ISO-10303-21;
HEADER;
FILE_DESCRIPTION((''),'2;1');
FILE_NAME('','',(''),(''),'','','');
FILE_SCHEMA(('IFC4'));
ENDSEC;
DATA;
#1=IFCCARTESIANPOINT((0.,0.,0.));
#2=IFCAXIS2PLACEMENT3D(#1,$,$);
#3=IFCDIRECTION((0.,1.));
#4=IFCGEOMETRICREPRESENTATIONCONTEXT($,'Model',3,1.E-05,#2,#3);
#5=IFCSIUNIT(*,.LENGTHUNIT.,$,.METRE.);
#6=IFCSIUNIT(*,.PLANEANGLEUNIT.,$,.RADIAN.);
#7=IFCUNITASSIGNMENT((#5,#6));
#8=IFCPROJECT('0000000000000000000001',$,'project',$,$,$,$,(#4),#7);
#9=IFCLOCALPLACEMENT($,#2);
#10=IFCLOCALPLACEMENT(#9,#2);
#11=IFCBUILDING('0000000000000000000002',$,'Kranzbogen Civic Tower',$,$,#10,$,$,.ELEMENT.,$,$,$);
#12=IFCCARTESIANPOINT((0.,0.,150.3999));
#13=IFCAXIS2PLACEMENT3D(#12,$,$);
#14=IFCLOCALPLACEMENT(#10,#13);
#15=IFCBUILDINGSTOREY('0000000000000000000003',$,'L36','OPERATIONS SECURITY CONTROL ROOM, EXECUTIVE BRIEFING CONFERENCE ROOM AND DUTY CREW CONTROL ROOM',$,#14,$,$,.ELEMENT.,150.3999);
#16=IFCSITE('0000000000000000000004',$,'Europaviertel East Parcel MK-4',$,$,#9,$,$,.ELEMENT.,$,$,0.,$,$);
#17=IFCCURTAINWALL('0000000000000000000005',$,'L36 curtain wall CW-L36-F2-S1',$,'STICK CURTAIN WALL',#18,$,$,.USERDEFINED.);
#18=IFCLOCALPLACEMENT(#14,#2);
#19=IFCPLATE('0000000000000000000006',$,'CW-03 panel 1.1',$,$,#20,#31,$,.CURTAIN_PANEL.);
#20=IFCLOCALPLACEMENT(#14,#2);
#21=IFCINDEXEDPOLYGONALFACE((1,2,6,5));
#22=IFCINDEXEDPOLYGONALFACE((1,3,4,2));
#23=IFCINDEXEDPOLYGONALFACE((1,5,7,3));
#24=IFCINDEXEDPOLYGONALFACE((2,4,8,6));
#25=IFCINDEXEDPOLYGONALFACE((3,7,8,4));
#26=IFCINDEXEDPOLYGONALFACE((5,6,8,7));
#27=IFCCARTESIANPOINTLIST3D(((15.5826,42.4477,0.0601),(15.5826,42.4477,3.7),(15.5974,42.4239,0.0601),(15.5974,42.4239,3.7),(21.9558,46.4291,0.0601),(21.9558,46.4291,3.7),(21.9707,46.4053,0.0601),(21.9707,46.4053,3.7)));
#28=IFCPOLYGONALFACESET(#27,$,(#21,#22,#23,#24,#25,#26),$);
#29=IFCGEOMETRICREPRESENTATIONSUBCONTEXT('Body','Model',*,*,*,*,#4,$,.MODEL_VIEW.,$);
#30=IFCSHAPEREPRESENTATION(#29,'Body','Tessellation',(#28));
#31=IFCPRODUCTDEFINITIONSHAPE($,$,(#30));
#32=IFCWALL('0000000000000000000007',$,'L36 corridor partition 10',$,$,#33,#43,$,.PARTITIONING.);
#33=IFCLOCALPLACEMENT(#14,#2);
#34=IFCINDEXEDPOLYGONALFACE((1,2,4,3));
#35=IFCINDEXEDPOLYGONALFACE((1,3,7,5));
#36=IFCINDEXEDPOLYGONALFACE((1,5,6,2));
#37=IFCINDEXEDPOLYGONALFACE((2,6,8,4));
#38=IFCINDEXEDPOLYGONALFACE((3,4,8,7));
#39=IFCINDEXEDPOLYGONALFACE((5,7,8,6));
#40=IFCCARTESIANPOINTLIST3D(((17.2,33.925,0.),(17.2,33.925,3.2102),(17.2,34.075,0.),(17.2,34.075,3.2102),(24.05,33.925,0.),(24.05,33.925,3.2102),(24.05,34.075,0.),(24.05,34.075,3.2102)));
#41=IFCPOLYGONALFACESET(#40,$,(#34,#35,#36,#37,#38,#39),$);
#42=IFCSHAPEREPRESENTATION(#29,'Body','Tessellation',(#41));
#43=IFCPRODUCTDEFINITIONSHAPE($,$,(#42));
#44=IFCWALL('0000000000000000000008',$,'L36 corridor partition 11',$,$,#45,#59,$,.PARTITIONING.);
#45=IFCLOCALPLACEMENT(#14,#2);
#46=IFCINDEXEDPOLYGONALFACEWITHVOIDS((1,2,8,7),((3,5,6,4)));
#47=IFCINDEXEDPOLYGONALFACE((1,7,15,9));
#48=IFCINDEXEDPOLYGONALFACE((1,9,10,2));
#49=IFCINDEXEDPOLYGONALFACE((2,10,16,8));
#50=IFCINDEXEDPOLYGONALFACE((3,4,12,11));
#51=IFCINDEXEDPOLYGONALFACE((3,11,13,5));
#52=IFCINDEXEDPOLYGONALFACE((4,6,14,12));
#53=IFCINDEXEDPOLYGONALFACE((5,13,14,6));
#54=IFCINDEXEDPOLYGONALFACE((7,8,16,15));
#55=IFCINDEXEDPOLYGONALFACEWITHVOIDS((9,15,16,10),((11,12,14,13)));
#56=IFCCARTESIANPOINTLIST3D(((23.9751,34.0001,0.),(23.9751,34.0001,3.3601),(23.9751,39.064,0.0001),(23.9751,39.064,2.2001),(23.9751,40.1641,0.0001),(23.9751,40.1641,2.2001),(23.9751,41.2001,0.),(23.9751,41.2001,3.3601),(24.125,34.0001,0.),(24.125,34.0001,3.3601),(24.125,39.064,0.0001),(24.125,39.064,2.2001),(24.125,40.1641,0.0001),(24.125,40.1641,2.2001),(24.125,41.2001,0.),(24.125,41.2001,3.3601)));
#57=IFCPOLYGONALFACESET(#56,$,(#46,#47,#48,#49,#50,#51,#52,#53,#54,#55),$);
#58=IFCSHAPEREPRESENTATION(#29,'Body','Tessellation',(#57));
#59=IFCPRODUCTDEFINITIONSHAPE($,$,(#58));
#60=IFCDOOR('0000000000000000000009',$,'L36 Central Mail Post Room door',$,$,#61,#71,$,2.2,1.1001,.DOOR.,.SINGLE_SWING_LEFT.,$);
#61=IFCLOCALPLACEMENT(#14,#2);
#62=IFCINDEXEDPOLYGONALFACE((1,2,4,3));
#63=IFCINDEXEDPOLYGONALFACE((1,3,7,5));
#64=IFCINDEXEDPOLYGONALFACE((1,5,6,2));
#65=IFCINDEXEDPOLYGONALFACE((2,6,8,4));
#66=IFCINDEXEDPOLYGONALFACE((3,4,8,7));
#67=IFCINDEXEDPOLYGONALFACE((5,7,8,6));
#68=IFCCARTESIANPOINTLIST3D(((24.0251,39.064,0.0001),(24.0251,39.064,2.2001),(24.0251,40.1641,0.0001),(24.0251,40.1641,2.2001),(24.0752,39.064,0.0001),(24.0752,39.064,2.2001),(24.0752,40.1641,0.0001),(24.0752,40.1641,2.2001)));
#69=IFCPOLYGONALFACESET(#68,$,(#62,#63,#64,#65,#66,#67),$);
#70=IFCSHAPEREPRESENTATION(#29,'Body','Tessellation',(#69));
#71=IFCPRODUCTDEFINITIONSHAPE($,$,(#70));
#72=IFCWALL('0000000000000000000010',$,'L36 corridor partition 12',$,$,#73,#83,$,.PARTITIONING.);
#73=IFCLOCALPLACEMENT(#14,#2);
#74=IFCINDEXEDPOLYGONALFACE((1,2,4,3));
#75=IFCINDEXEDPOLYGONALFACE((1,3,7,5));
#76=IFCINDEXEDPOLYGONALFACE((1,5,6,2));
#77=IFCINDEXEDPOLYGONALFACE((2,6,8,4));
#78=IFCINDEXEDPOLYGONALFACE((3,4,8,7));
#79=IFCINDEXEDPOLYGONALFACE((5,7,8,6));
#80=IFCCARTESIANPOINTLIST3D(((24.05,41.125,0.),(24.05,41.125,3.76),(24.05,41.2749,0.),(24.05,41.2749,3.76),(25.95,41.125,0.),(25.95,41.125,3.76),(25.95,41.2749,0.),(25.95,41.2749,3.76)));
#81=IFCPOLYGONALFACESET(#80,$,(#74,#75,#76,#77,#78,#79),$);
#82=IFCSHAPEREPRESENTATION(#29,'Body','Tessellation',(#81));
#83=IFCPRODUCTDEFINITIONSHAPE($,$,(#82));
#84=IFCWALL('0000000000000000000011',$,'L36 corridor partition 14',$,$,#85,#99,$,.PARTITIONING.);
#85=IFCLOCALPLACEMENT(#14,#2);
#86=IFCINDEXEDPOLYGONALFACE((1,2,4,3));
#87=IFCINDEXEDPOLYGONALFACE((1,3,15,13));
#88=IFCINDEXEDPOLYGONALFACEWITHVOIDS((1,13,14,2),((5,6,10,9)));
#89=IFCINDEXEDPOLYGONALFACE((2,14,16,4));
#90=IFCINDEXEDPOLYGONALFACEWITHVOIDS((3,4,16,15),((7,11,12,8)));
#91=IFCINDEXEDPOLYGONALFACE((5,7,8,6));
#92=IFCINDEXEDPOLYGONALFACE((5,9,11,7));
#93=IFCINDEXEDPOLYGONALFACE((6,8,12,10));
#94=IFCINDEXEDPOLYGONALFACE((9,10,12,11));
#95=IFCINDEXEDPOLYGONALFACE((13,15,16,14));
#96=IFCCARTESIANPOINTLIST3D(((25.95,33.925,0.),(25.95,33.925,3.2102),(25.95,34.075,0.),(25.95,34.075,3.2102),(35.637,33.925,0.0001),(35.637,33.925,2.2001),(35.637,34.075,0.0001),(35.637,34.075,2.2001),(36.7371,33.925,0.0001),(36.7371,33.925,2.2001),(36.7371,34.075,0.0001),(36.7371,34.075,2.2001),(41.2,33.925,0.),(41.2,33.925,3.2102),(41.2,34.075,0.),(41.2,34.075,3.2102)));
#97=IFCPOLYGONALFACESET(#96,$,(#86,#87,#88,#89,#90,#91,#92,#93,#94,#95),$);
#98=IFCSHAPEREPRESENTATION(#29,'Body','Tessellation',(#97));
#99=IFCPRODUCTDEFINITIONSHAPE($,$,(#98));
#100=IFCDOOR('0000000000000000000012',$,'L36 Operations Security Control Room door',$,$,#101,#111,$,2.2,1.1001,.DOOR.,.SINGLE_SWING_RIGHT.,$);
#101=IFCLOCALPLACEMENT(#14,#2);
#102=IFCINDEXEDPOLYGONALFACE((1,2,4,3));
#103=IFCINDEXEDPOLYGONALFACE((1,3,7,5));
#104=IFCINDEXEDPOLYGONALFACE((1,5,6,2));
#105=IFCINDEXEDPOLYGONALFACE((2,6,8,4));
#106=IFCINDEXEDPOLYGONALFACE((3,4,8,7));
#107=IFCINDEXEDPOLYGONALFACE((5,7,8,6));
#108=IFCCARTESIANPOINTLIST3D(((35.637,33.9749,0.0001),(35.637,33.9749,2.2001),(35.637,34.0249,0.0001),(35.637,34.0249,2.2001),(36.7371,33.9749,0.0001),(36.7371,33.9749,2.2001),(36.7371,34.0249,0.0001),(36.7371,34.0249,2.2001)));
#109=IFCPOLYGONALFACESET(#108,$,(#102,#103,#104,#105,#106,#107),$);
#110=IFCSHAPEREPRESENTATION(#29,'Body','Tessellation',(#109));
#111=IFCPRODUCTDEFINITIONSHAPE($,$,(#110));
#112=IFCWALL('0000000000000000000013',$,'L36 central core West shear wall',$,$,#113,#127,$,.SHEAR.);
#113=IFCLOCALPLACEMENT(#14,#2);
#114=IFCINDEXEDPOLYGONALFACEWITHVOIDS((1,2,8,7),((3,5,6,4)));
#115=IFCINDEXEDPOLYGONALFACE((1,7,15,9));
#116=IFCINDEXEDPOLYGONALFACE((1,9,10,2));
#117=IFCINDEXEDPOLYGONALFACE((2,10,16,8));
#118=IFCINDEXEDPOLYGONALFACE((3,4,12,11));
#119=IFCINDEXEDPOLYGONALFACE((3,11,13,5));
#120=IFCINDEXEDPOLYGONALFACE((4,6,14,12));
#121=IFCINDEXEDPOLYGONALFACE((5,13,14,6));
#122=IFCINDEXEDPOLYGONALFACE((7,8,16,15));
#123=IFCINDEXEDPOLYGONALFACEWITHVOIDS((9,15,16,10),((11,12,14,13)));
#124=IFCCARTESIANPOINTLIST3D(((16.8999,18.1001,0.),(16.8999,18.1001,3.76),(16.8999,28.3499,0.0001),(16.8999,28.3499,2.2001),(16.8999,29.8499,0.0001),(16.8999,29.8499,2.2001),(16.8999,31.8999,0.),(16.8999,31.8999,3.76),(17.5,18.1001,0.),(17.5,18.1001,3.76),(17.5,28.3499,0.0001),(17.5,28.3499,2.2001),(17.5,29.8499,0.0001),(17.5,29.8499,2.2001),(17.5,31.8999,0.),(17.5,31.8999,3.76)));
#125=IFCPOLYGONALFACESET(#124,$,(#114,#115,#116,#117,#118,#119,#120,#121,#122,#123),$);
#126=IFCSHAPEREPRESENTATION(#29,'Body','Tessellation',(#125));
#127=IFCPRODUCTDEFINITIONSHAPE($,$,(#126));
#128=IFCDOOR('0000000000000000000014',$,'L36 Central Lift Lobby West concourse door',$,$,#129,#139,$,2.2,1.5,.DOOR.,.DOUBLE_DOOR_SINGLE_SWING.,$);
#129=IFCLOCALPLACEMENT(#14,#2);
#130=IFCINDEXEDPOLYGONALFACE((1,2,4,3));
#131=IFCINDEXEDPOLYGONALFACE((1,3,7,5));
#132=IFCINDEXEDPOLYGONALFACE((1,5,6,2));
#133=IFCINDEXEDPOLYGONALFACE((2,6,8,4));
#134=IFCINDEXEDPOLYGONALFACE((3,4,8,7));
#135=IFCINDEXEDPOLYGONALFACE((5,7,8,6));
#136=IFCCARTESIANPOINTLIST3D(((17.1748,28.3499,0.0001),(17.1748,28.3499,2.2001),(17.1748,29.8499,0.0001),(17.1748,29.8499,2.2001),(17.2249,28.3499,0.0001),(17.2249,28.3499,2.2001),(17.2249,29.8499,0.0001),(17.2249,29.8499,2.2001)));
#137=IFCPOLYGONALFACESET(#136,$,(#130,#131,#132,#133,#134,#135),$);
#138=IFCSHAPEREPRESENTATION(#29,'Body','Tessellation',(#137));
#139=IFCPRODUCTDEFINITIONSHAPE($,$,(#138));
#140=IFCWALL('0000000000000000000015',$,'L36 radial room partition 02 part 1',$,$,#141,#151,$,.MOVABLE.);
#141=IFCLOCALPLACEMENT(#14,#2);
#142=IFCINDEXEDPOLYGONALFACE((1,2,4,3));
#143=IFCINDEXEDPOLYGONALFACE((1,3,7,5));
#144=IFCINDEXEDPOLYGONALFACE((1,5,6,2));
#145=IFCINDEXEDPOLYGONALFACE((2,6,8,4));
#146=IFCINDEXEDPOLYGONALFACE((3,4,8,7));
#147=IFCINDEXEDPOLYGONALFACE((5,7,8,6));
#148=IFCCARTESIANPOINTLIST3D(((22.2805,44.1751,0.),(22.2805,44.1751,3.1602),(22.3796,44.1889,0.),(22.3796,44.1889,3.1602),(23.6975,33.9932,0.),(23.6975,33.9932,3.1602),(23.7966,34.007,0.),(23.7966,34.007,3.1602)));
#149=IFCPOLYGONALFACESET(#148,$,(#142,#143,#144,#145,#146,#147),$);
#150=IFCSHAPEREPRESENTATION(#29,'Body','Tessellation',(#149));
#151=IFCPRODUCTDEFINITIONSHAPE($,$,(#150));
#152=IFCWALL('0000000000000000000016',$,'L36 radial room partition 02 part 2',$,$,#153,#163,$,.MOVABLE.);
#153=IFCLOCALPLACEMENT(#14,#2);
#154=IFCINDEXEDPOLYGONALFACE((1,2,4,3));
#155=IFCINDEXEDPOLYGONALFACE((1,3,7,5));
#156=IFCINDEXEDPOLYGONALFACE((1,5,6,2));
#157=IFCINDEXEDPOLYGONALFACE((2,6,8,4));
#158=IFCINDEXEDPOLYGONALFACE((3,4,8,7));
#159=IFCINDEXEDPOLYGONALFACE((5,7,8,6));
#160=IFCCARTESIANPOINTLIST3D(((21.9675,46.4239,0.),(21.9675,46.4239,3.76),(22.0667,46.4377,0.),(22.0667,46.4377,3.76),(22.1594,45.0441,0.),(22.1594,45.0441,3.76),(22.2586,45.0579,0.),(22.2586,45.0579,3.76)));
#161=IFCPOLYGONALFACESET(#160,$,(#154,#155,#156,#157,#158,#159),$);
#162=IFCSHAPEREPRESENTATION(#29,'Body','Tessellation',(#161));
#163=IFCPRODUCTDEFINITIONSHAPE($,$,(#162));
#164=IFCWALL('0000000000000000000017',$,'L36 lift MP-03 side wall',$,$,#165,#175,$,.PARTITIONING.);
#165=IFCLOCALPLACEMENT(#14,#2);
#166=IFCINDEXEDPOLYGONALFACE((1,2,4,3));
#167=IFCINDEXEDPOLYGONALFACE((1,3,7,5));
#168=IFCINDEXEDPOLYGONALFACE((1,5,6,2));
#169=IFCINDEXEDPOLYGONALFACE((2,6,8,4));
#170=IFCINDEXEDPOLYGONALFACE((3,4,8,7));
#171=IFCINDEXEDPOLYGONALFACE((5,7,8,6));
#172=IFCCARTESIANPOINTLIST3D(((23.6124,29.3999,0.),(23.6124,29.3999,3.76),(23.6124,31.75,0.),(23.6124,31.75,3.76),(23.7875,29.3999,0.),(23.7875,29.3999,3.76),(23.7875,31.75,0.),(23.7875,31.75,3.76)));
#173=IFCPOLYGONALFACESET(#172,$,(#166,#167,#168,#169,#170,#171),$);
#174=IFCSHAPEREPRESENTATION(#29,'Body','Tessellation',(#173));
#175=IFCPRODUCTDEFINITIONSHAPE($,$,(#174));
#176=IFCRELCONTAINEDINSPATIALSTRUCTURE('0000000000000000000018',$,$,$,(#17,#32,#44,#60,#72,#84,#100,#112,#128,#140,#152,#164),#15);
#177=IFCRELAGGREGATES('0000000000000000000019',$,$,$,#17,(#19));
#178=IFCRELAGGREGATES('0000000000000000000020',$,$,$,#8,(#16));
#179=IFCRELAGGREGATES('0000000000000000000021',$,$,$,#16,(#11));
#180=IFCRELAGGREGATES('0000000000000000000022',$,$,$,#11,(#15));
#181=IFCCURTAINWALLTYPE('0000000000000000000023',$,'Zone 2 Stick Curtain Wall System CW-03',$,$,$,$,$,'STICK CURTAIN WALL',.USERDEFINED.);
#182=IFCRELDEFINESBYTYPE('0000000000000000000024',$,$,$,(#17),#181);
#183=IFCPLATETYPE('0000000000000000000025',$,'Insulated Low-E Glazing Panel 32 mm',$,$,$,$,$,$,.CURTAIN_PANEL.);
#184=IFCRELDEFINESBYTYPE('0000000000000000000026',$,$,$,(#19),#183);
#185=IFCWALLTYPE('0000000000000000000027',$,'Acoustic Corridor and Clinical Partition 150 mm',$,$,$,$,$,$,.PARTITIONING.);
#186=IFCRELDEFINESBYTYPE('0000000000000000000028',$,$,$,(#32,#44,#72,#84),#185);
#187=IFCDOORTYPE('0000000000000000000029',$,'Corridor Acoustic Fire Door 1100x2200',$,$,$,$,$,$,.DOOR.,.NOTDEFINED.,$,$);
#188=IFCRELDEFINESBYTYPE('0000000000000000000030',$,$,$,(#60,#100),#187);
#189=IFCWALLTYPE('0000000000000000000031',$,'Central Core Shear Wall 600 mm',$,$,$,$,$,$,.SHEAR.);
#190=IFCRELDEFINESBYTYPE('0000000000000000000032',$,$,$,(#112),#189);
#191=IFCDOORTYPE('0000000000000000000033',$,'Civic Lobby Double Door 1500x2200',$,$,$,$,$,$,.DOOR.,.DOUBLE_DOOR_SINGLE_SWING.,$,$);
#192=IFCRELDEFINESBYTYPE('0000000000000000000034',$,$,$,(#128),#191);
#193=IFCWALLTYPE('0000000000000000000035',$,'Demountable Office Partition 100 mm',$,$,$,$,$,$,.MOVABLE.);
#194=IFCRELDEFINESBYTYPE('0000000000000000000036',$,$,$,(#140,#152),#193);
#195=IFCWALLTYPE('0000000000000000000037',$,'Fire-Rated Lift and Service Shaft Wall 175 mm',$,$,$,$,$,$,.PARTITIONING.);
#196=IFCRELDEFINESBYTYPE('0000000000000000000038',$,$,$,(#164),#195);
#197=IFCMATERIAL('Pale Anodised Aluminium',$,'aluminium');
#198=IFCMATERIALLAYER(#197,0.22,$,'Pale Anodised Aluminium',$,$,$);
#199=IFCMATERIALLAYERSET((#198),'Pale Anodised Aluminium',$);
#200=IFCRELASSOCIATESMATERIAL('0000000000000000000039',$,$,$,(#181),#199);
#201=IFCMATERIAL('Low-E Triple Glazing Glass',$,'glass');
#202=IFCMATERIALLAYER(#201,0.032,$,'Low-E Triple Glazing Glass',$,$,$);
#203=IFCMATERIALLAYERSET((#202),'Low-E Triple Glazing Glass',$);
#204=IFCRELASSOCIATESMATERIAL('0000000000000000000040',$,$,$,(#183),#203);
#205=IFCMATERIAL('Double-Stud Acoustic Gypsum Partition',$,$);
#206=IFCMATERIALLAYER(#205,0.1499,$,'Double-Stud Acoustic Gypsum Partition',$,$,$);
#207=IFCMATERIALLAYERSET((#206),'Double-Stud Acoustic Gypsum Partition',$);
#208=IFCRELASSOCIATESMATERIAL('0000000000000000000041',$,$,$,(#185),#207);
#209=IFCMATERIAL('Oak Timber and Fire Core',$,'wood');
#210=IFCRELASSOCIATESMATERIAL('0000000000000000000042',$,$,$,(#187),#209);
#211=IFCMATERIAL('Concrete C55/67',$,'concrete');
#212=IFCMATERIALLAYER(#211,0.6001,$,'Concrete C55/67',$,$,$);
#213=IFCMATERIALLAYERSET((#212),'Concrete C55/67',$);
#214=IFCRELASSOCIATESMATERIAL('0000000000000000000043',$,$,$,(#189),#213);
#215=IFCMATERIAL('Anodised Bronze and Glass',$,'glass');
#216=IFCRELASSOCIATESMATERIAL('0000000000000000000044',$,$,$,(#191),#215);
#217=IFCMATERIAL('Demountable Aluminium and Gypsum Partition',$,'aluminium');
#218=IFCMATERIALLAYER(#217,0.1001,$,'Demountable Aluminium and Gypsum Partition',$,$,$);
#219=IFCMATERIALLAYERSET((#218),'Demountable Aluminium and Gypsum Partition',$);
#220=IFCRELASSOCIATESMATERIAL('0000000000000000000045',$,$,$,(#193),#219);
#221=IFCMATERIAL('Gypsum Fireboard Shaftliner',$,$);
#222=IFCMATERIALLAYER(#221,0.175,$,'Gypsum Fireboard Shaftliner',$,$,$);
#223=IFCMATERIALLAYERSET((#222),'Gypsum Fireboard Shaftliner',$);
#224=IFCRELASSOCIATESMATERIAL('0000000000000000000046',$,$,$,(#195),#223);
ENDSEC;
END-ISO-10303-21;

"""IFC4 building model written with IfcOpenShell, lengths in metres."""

from ifc_helpers import new_model, si_unit, direction, frame, frame_2d, origin, origin_2d, place, context, subcontext, project, spatial, rectangle, extrude, material, layer, layer_set, type_object, element, fill, aggregate, save


model = new_model("IFC4")

# Units and contexts
model_context = context("Model", 3, precision=1e-05, world=origin(), true_north=direction((0.0, 1.0)))
body_context = subcontext(model_context, "Body", "Model", "MODEL_VIEW")
ifc_project = project(units=[si_unit("LENGTHUNIT", "METRE"), si_unit("PLANEANGLEUNIT", "RADIAN")], contexts=[model_context])

# Site, building, storey
site_placement = place(None, origin())
site = spatial("IfcSite", under=ifc_project, at=site_placement, Name="Europaviertel East Parcel MK-4", CompositionType="ELEMENT", RefElevation=0.0)
building_placement = place(site_placement, origin())
building = spatial("IfcBuilding", under=site, at=building_placement, Name="Kranzbogen Civic Tower", CompositionType="ELEMENT")
storey_placement = place(building_placement, frame((0.0, 0.0, 150.3999)))
storey = spatial("IfcBuildingStorey", under=building, at=storey_placement, Name="L36", Description="OPERATIONS SECURITY CONTROL ROOM, EXECUTIVE BRIEFING CONFERENCE ROOM AND DUTY CREW CONTROL ROOM", CompositionType="ELEMENT", Elevation=150.3999)

# Curtain wall
ifc_material_1 = material(Name="Pale Anodised Aluminium", Category="aluminium")
ifc_layer_1 = layer(ifc_material_1, 0.22, Name="Pale Anodised Aluminium")
ifc_layer_set_1 = layer_set([ifc_layer_1], Name="Pale Anodised Aluminium")
curtain_wall_type = type_object("IfcCurtainWallType", Name="Zone 2 Stick Curtain Wall System CW-03", ElementType="STICK CURTAIN WALL", PredefinedType="USERDEFINED", material=ifc_layer_set_1)
curtain_wall_placement = place(storey_placement, origin())
curtain_wall = element("IfcCurtainWall", 1, at=curtain_wall_placement, inside=storey, type_object=curtain_wall_type, Name="L36 curtain wall CW-L36-F2-S1", ObjectType="STICK CURTAIN WALL", PredefinedType="USERDEFINED")

# Plate
ifc_material_2 = material(Name="Low-E Triple Glazing Glass", Category="glass")
ifc_layer_2 = layer(ifc_material_2, 0.032, Name="Low-E Triple Glazing Glass")
ifc_layer_set_2 = layer_set([ifc_layer_2], Name="Low-E Triple Glazing Glass")
plate_type = type_object("IfcPlateType", Name="Insulated Low-E Glazing Panel 32 mm", PredefinedType="CURTAIN_PANEL", material=ifc_layer_set_2)
plate_placement = place(storey_placement, frame((18.7766, 44.4265, 0.0601), z_axis=(0.0, 0.0, 1.0), x_axis=(-0.848109, -0.529822, 0.0)))
plate = element("IfcPlate", 2, at=plate_placement, type_object=plate_type, Name="CW-03 panel 1.1", PredefinedType="CURTAIN_PANEL", context=body_context, shape_type="SweptSolid", body=[
    extrude(rectangle(XDim=7.5146, YDim=0.0281, at=origin_2d()), origin(), (0.0, 0.0, 1.0), 3.6399),
])
aggregate(curtain_wall, [plate])

# Wall
ifc_material_3 = material(Name="Double-Stud Acoustic Gypsum Partition")
ifc_layer_3 = layer(ifc_material_3, 0.1499, Name="Double-Stud Acoustic Gypsum Partition")
ifc_layer_set_3 = layer_set([ifc_layer_3], Name="Double-Stud Acoustic Gypsum Partition")
wall_type_1 = type_object("IfcWallType", Name="Acoustic Corridor and Clinical Partition 150 mm", PredefinedType="PARTITIONING", material=ifc_layer_set_3)
wall_1_placement = place(storey_placement, frame((17.2, 34.0, 0.0), z_axis=(0.0, 0.0, 1.0), x_axis=(1.0, 0.0, 0.0)))
element("IfcWall", 3, at=wall_1_placement, inside=storey, type_object=wall_type_1, Name="L36 corridor partition 10", PredefinedType="PARTITIONING", context=body_context, shape_type="SweptSolid", body=[
    extrude(rectangle(XDim=6.8501, YDim=0.1499, at=frame_2d((3.425, 0.0))), origin(), (0.0, 0.0, 1.0), 3.2102),
])

# Wall, opening, door
wall_2_placement = place(storey_placement, frame((24.05, 34.0, 0.0), z_axis=(0.0, 0.0, 1.0), x_axis=(0.0, 1.0, 0.0)))
wall_2 = element("IfcWall", 4, at=wall_2_placement, inside=storey, type_object=wall_type_1, Name="L36 corridor partition 11", PredefinedType="PARTITIONING", context=body_context, shape_type="SweptSolid", body=[
    extrude(rectangle(XDim=7.2, YDim=0.1499, at=frame_2d((3.6001, 0.0))), origin(), (0.0, 0.0, 1.0), 3.3601),
])
opening_1_placement = place(wall_2_placement, frame((5.064, 0.0, 0.0)))
opening_1 = element("IfcOpeningElement", 5, at=opening_1_placement, cuts=wall_2, PredefinedType="OPENING", context=body_context, shape_type="SweptSolid", body=[
    extrude(rectangle(XDim=1.1001, YDim=2.2, at=frame_2d((0.55, 1.1001))), frame((0.0, 0.085, 0.0), z_axis=(0.0, -1.0, 0.0), x_axis=(1.0, 0.0, 0.0)), (0.0, 0.0, 1.0), 0.1699),
])
ifc_material_4 = material(Name="Oak Timber and Fire Core", Category="wood")
door_type_1 = type_object("IfcDoorType", Name="Corridor Acoustic Fire Door 1100x2200", OperationType="NOTDEFINED", PredefinedType="DOOR", material=ifc_material_4)
door_1_placement = place(opening_1_placement, origin())
door_1 = element("IfcDoor", 6, at=door_1_placement, inside=storey, type_object=door_type_1, Name="L36 Central Mail Post Room door", OperationType="SINGLE_SWING_LEFT", OverallHeight=2.2, OverallWidth=1.1001, PredefinedType="DOOR", context=body_context, shape_type="SweptSolid", body=[
    extrude(rectangle(XDim=1.1001, YDim=2.2, at=frame_2d((0.55, 1.1001))), frame((0.0, 0.0249, 0.0), z_axis=(0.0, -1.0, 0.0), x_axis=(1.0, 0.0, 0.0)), (0.0, 0.0, 1.0), 0.05),
])
fill(opening_1, door_1)

# Wall
wall_3_placement = place(storey_placement, frame((24.05, 41.2, 0.0), z_axis=(0.0, 0.0, 1.0), x_axis=(1.0, 0.0, 0.0)))
element("IfcWall", 7, at=wall_3_placement, inside=storey, type_object=wall_type_1, Name="L36 corridor partition 12", PredefinedType="PARTITIONING", context=body_context, shape_type="SweptSolid", body=[
    extrude(rectangle(XDim=1.8999, YDim=0.1499, at=frame_2d((0.95, 0.0))), origin(), (0.0, 0.0, 1.0), 3.76),
])

# Walls, openings, doors
wall_4_placement = place(storey_placement, frame((25.95, 34.0, 0.0), z_axis=(0.0, 0.0, 1.0), x_axis=(1.0, 0.0, 0.0)))
wall_4 = element("IfcWall", 8, at=wall_4_placement, inside=storey, type_object=wall_type_1, Name="L36 corridor partition 14", PredefinedType="PARTITIONING", context=body_context, shape_type="SweptSolid", body=[
    extrude(rectangle(XDim=15.25, YDim=0.1499, at=frame_2d((7.625, 0.0))), origin(), (0.0, 0.0, 1.0), 3.2102),
])
opening_2_placement = place(wall_4_placement, frame((9.687, 0.0, 0.0)))
opening_2 = element("IfcOpeningElement", 9, at=opening_2_placement, cuts=wall_4, PredefinedType="OPENING", context=body_context, shape_type="SweptSolid", body=[
    extrude(rectangle(XDim=1.1001, YDim=2.2, at=frame_2d((0.55, 1.1001))), frame((0.0, 0.085, 0.0), z_axis=(0.0, -1.0, 0.0), x_axis=(1.0, 0.0, 0.0)), (0.0, 0.0, 1.0), 0.1699),
])
door_2_placement = place(opening_2_placement, origin())
door_2 = element("IfcDoor", 10, at=door_2_placement, inside=storey, type_object=door_type_1, Name="L36 Operations Security Control Room door", OperationType="SINGLE_SWING_RIGHT", OverallHeight=2.2, OverallWidth=1.1001, PredefinedType="DOOR", context=body_context, shape_type="SweptSolid", body=[
    extrude(rectangle(XDim=1.1001, YDim=2.2, at=frame_2d((0.55, 1.1001))), frame((0.0, 0.0249, 0.0), z_axis=(0.0, -1.0, 0.0), x_axis=(1.0, 0.0, 0.0)), (0.0, 0.0, 1.0), 0.05),
])
fill(opening_2, door_2)
ifc_material_5 = material(Name="Concrete C55/67", Category="concrete")
ifc_layer_4 = layer(ifc_material_5, 0.6001, Name="Concrete C55/67")
ifc_layer_set_4 = layer_set([ifc_layer_4], Name="Concrete C55/67")
wall_type_2 = type_object("IfcWallType", Name="Central Core Shear Wall 600 mm", PredefinedType="SHEAR", material=ifc_layer_set_4)
wall_5_placement = place(storey_placement, frame((17.2, 31.8999, 0.0), z_axis=(0.0, 0.0, 1.0), x_axis=(0.0, -1.0, 0.0)))
wall_5 = element("IfcWall", 11, at=wall_5_placement, inside=storey, type_object=wall_type_2, Name="L36 central core West shear wall", PredefinedType="SHEAR", context=body_context, shape_type="SweptSolid", body=[
    extrude(rectangle(XDim=13.7998, YDim=0.6001, at=frame_2d((6.8999, 0.0))), origin(), (0.0, 0.0, 1.0), 3.76),
])
opening_3_placement = place(wall_5_placement, frame((2.05, 0.0, 0.0)))
opening_3 = element("IfcOpeningElement", 12, at=opening_3_placement, cuts=wall_5, PredefinedType="OPENING", context=body_context, shape_type="SweptSolid", body=[
    extrude(rectangle(XDim=1.5, YDim=2.2, at=frame_2d((0.75, 1.1001))), frame((0.0, 0.3101, 0.0), z_axis=(0.0, -1.0, 0.0), x_axis=(1.0, 0.0, 0.0)), (0.0, 0.0, 1.0), 0.6201),
])
ifc_material_6 = material(Name="Anodised Bronze and Glass", Category="glass")
door_type_2 = type_object("IfcDoorType", Name="Civic Lobby Double Door 1500x2200", OperationType="DOUBLE_DOOR_SINGLE_SWING", PredefinedType="DOOR", material=ifc_material_6)
door_3_placement = place(opening_3_placement, origin())
door_3 = element("IfcDoor", 13, at=door_3_placement, inside=storey, type_object=door_type_2, Name="L36 Central Lift Lobby West concourse door", OperationType="DOUBLE_DOOR_SINGLE_SWING", OverallHeight=2.2, OverallWidth=1.5, PredefinedType="DOOR", context=body_context, shape_type="SweptSolid", body=[
    extrude(rectangle(XDim=1.5, YDim=2.2, at=frame_2d((0.75, 1.1001))), frame((0.0, 0.0249, 0.0), z_axis=(0.0, -1.0, 0.0), x_axis=(1.0, 0.0, 0.0)), (0.0, 0.0, 1.0), 0.05),
])
fill(opening_3, door_3)

# Walls
ifc_material_7 = material(Name="Demountable Aluminium and Gypsum Partition", Category="aluminium")
ifc_layer_5 = layer(ifc_material_7, 0.1001, Name="Demountable Aluminium and Gypsum Partition")
ifc_layer_set_5 = layer_set([ifc_layer_5], Name="Demountable Aluminium and Gypsum Partition")
wall_type_3 = type_object("IfcWallType", Name="Demountable Office Partition 100 mm", PredefinedType="MOVABLE", material=ifc_layer_set_5)
wall_6_placement = place(storey_placement, frame((23.7471, 34.0, 0.0), z_axis=(0.0, 0.0, 1.0), x_axis=(-0.13784, 0.990455, 0.0)))
element("IfcWall", 14, at=wall_6_placement, inside=storey, type_object=wall_type_3, Name="L36 radial room partition 02 part 1", PredefinedType="MOVABLE", context=body_context, shape_type="SweptSolid", body=[
    extrude(rectangle(XDim=10.28, YDim=0.1001, at=frame_2d((5.1401, 0.0))), origin(), (0.0, 0.0, 1.0), 3.1602),
])
wall_7_placement = place(storey_placement, frame((22.209, 45.051, 0.0), z_axis=(0.0, 0.0, 1.0), x_axis=(-0.13774, 0.990468, 0.0)))
element("IfcWall", 15, at=wall_7_placement, inside=storey, type_object=wall_type_3, Name="L36 radial room partition 02 part 2", PredefinedType="MOVABLE", context=body_context, shape_type="SweptSolid", body=[
    extrude(rectangle(XDim=1.3931, YDim=0.1001, at=frame_2d((0.6965, 0.0))), origin(), (0.0, 0.0, 1.0), 3.76),
])
ifc_material_8 = material(Name="Gypsum Fireboard Shaftliner")
ifc_layer_6 = layer(ifc_material_8, 0.175, Name="Gypsum Fireboard Shaftliner")
ifc_layer_set_6 = layer_set([ifc_layer_6], Name="Gypsum Fireboard Shaftliner")
wall_type_4 = type_object("IfcWallType", Name="Fire-Rated Lift and Service Shaft Wall 175 mm", PredefinedType="PARTITIONING", material=ifc_layer_set_6)
wall_8_placement = place(storey_placement, frame((23.7, 29.3999, 0.0), z_axis=(0.0, 0.0, 1.0), x_axis=(0.0, 1.0, 0.0)))
element("IfcWall", 16, at=wall_8_placement, inside=storey, type_object=wall_type_4, Name="L36 lift MP-03 side wall", PredefinedType="PARTITIONING", context=body_context, shape_type="SweptSolid", body=[
    extrude(rectangle(XDim=2.3501, YDim=0.175, at=frame_2d((1.175, 0.0))), origin(), (0.0, 0.0, 1.0), 3.76),
])

save(model, "model.ifc")
